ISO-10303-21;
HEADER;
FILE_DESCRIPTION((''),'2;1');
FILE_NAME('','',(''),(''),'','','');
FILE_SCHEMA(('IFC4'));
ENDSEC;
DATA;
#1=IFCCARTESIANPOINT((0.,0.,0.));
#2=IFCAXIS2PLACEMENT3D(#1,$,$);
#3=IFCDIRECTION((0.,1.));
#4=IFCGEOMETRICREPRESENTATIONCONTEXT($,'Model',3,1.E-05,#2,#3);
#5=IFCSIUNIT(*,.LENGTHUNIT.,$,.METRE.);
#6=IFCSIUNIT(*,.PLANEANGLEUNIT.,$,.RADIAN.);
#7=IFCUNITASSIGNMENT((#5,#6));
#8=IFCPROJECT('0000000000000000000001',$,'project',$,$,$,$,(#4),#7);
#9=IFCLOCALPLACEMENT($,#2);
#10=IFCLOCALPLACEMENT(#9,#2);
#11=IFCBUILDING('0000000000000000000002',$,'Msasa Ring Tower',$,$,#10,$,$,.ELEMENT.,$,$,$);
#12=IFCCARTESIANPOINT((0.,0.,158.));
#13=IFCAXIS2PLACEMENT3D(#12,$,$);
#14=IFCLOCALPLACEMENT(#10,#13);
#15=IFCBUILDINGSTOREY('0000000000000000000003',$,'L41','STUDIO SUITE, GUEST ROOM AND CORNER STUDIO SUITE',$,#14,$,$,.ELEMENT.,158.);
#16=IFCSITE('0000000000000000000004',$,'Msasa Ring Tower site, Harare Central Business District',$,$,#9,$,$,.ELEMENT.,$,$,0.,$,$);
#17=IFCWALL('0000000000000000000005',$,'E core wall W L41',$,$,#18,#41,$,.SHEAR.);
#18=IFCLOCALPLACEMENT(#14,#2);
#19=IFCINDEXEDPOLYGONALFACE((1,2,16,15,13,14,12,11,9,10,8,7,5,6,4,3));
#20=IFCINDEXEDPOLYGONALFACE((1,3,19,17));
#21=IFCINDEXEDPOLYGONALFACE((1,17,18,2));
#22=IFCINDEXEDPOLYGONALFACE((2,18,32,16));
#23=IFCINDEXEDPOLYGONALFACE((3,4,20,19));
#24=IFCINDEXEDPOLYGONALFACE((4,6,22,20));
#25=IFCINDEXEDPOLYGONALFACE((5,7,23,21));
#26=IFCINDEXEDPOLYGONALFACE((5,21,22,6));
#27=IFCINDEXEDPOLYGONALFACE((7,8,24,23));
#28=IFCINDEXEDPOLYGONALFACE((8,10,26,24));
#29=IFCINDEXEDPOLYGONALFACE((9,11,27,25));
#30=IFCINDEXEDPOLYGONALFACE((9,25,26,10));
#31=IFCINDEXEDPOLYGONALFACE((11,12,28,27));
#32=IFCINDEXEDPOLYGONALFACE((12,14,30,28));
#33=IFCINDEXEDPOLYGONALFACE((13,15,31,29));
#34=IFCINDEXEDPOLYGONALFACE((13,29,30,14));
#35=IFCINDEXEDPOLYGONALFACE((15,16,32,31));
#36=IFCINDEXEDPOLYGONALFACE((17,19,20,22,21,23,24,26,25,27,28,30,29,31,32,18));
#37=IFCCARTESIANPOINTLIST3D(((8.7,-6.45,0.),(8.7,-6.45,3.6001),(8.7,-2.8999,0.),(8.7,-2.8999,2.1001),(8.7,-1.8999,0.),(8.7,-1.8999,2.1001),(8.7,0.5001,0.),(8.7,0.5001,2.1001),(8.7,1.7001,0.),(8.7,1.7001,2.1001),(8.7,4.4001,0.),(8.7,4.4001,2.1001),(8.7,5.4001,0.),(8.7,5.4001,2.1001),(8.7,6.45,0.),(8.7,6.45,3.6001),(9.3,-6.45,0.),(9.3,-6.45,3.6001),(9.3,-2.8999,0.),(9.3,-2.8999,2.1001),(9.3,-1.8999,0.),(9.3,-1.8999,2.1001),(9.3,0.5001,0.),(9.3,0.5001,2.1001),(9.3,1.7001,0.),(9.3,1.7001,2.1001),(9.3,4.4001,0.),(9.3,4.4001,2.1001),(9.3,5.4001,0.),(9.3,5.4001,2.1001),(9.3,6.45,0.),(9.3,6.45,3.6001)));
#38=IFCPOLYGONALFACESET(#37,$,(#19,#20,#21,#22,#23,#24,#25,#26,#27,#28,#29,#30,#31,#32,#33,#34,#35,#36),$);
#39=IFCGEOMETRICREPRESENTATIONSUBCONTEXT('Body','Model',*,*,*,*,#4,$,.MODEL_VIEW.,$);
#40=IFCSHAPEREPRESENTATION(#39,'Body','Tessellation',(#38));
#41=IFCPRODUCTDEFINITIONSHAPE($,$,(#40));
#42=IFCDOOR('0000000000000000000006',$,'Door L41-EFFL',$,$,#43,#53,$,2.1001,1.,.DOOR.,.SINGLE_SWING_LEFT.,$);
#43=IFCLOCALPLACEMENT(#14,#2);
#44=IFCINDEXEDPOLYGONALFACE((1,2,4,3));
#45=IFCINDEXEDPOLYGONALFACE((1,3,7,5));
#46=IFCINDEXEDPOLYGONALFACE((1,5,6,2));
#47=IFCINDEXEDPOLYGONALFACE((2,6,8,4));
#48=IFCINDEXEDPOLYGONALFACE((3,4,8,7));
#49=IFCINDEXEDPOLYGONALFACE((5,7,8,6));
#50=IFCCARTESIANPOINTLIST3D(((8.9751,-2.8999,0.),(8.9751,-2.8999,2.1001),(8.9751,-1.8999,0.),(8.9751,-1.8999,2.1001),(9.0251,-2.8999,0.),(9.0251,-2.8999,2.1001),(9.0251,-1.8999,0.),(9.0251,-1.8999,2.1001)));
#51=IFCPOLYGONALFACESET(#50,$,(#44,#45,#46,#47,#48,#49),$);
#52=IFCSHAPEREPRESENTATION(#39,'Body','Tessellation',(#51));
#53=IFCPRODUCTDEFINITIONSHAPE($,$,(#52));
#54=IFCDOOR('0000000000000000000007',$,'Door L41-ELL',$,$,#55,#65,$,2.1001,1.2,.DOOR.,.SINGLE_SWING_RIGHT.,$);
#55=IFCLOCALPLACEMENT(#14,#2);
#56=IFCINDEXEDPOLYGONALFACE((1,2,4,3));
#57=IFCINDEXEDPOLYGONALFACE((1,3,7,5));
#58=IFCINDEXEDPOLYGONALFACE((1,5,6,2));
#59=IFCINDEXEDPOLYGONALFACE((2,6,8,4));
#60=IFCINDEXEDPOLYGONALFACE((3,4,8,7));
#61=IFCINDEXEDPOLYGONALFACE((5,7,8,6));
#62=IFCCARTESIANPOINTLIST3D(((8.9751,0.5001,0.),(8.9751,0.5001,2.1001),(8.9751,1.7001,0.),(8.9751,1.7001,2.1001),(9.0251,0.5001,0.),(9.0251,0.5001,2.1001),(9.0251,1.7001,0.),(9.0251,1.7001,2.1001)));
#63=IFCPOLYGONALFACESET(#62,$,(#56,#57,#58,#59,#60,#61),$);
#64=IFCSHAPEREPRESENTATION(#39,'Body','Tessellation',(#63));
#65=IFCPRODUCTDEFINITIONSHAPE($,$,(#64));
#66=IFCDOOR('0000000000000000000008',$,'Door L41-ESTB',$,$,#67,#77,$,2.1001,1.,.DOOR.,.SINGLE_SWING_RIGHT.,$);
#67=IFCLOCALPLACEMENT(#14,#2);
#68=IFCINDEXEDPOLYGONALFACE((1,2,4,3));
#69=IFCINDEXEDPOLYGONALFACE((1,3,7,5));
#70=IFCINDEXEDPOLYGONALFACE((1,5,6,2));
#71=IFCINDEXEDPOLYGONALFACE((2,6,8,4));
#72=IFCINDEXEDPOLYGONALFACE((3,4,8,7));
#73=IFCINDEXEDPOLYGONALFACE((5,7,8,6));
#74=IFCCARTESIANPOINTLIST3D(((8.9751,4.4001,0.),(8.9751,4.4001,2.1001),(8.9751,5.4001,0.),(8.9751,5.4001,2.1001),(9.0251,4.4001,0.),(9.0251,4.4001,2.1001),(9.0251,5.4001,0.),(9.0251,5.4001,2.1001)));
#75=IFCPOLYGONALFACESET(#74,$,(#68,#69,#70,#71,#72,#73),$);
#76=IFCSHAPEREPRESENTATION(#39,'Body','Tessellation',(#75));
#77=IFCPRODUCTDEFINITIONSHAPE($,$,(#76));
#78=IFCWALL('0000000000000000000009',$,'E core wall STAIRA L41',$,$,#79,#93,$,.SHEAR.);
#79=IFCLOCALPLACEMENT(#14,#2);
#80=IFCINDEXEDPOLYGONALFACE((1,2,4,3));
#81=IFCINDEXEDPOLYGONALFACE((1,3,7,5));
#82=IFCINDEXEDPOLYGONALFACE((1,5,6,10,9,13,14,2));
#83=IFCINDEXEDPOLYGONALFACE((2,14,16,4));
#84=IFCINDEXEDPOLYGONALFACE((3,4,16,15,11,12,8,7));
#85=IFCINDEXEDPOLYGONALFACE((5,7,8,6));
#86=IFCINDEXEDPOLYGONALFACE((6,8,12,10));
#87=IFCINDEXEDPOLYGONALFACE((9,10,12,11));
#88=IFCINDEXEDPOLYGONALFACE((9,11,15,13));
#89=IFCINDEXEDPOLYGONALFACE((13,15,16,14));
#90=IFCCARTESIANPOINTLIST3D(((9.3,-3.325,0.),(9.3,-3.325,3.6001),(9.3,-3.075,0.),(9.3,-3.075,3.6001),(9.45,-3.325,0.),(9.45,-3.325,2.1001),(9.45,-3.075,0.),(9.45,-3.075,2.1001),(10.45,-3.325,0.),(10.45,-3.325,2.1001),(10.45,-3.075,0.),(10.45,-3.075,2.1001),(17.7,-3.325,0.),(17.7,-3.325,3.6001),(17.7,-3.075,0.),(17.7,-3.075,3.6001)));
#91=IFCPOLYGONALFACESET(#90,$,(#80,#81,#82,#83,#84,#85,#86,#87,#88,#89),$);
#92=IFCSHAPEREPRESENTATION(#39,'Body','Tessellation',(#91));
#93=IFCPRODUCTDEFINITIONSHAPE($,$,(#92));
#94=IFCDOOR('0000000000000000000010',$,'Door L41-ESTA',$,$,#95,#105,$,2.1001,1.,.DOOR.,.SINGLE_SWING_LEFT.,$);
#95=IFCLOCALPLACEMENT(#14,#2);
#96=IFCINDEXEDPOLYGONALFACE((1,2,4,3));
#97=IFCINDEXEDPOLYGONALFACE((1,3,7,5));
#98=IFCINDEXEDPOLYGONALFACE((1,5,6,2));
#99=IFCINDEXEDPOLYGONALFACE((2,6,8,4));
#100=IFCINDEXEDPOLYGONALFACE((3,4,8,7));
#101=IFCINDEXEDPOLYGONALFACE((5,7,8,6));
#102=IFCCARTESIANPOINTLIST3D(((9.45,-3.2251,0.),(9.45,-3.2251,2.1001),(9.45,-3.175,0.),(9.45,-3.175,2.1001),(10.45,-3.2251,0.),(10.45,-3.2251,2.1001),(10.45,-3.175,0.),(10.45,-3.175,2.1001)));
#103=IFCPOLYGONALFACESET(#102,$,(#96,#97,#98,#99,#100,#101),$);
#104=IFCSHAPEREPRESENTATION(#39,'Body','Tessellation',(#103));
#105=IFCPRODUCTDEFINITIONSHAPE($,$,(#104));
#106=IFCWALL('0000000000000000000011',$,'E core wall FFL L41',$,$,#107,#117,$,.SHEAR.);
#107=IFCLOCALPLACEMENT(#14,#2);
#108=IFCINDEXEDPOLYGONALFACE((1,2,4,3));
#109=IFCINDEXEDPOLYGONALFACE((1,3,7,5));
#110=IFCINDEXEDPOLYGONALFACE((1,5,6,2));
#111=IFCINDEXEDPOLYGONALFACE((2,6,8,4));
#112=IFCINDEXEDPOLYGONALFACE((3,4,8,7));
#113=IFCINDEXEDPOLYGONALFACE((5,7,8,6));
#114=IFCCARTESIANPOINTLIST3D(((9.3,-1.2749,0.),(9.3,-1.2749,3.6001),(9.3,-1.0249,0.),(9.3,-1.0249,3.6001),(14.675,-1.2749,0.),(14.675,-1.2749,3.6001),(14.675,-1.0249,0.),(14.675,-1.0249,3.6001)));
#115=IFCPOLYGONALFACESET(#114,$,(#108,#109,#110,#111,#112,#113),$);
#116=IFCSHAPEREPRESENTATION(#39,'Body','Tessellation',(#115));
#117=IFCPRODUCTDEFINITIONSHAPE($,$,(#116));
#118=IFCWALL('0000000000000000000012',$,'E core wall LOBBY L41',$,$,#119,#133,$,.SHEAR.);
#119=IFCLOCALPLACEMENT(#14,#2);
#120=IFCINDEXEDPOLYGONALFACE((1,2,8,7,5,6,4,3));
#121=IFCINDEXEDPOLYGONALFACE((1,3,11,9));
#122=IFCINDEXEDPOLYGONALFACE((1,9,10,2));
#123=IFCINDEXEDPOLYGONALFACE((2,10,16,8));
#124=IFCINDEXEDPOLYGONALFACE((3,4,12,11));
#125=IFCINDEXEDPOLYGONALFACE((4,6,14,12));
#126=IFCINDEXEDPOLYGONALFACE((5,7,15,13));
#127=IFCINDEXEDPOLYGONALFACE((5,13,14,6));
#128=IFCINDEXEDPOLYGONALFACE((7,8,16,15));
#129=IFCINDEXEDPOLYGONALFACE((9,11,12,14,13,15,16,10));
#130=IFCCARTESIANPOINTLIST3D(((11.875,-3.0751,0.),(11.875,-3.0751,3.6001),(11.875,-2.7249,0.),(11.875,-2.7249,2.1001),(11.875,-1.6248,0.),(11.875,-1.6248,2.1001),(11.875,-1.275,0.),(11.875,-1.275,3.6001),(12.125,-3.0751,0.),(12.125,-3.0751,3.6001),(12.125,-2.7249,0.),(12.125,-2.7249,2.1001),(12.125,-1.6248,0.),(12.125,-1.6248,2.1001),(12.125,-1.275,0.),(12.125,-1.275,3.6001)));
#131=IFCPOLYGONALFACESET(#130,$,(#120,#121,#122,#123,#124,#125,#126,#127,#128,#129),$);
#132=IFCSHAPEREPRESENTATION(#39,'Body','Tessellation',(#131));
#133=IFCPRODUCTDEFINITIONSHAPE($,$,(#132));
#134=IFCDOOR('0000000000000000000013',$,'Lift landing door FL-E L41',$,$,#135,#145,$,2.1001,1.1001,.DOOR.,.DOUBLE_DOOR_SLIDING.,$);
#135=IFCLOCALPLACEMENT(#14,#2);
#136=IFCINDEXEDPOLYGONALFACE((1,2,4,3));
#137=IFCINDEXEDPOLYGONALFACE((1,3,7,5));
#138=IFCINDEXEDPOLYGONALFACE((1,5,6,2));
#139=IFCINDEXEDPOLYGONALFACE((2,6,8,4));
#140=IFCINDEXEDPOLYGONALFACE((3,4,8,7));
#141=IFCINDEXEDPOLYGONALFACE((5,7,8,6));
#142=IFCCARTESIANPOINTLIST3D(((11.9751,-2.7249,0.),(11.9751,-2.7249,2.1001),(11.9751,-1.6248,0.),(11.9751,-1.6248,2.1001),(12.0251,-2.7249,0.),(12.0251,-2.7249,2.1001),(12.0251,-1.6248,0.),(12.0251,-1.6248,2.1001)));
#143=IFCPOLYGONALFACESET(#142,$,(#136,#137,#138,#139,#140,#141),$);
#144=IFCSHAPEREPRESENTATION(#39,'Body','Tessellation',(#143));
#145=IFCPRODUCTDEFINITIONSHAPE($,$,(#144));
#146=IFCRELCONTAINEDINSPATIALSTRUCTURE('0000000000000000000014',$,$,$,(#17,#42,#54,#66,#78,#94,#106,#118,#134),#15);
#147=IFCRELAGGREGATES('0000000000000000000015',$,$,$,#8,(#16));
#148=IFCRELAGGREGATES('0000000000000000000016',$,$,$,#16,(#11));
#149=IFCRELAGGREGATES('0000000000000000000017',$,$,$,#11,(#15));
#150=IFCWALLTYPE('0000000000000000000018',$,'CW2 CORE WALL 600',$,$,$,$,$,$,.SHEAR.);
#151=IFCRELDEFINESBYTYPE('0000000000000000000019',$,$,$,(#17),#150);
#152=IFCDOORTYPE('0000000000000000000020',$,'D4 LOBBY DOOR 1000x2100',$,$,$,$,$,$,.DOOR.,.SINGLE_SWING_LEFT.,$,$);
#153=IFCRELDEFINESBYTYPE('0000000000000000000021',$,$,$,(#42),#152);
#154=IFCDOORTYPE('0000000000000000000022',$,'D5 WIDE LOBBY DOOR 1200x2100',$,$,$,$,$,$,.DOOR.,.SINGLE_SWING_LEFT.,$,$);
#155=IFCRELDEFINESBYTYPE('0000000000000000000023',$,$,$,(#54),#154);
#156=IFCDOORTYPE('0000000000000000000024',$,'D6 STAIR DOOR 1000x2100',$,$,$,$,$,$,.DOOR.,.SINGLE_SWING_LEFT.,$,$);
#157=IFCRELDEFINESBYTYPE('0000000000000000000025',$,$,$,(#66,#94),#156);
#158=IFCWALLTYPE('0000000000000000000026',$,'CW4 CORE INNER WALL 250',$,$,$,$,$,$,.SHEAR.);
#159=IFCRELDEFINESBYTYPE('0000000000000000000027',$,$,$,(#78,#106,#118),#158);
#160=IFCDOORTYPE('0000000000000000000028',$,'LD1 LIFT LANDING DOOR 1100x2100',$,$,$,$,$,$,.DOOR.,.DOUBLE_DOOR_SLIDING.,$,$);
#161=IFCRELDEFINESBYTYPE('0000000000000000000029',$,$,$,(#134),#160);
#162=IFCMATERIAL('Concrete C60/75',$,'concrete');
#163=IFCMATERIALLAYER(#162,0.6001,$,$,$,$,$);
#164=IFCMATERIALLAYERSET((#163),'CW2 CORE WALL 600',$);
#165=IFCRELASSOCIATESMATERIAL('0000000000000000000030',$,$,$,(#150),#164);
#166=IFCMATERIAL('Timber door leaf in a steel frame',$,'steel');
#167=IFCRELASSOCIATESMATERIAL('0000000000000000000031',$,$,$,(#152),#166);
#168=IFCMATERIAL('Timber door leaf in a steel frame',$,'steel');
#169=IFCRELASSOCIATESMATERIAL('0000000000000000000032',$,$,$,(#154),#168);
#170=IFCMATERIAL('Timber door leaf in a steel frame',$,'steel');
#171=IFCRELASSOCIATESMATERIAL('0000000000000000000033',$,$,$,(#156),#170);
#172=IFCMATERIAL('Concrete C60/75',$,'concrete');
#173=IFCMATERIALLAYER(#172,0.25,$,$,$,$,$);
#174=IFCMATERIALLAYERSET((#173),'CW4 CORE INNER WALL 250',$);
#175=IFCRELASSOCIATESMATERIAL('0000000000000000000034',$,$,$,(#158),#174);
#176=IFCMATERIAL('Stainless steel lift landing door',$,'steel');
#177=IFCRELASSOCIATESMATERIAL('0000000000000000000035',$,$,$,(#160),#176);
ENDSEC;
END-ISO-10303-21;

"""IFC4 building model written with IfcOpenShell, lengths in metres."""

from ifc_helpers import new_model, si_unit, direction, frame, frame_2d, origin, place, context, subcontext, project, spatial, rectangle, extrude, material, layer, layer_set, type_object, element, fill, save


model = new_model("IFC4")

# Units and contexts
model_context = context("Model", 3, precision=1e-05, world=origin(), true_north=direction((0.0, 1.0)))
body_context = subcontext(model_context, "Body", "Model", "MODEL_VIEW")
ifc_project = project(units=[si_unit("LENGTHUNIT", "METRE"), si_unit("PLANEANGLEUNIT", "RADIAN")], contexts=[model_context])

# Site, building, storey
site_placement = place(None, origin())
site = spatial("IfcSite", under=ifc_project, at=site_placement, Name="Msasa Ring Tower site, Harare Central Business District", CompositionType="ELEMENT", RefElevation=0.0)
building_placement = place(site_placement, origin())
building = spatial("IfcBuilding", under=site, at=building_placement, Name="Msasa Ring Tower", CompositionType="ELEMENT")
storey_placement = place(building_placement, frame((0.0, 0.0, 158.0)))
storey = spatial("IfcBuildingStorey", under=building, at=storey_placement, Name="L41", Description="STUDIO SUITE, GUEST ROOM AND CORNER STUDIO SUITE", CompositionType="ELEMENT", Elevation=158.0)

# Shared definitions
ifc_material_1 = material(Name="Concrete C60/75", Category="concrete")
ifc_layer_1 = layer(ifc_material_1, 0.6001)
ifc_layer_set_1 = layer_set([ifc_layer_1], Name="CW2 CORE WALL 600")
wall_type_1 = type_object("IfcWallType", Name="CW2 CORE WALL 600", PredefinedType="SHEAR", material=ifc_layer_set_1)

# Wall, openings, doors
wall_1_placement = place(storey_placement, frame((9.0, -6.45, 0.0), z_axis=(0.0, 0.0, 1.0), x_axis=(0.0, 1.0, 0.0)))
wall_1 = element("IfcWall", 1, at=wall_1_placement, inside=storey, type_object=wall_type_1, Name="E core wall W L41", PredefinedType="SHEAR", context=body_context, shape_type="SweptSolid", body=[
    extrude(rectangle(XDim=12.8999, YDim=0.6001, at=frame_2d((6.45, 0.0))), origin(), (0.0, 0.0, 1.0), 3.6001),
])
opening_1_placement = place(wall_1_placement, frame((3.55, 0.0, 0.0)))
opening_1 = element("IfcOpeningElement", 2, at=opening_1_placement, cuts=wall_1, PredefinedType="OPENING", context=body_context, shape_type="SweptSolid", body=[
    extrude(rectangle(XDim=1.0, YDim=2.1001, at=frame_2d((0.5, 1.05))), frame((0.0, 0.3101, 0.0), z_axis=(0.0, -1.0, 0.0), x_axis=(1.0, 0.0, 0.0)), (0.0, 0.0, 1.0), 0.6201),
])
opening_2_placement = place(wall_1_placement, frame((6.95, 0.0, 0.0)))
opening_2 = element("IfcOpeningElement", 3, at=opening_2_placement, cuts=wall_1, PredefinedType="OPENING", context=body_context, shape_type="SweptSolid", body=[
    extrude(rectangle(XDim=1.2, YDim=2.1001, at=frame_2d((0.6001, 1.05))), frame((0.0, 0.3101, 0.0), z_axis=(0.0, -1.0, 0.0), x_axis=(1.0, 0.0, 0.0)), (0.0, 0.0, 1.0), 0.6201),
])
opening_3_placement = place(wall_1_placement, frame((10.8501, 0.0, 0.0)))
opening_3 = element("IfcOpeningElement", 4, at=opening_3_placement, cuts=wall_1, PredefinedType="OPENING", context=body_context, shape_type="SweptSolid", body=[
    extrude(rectangle(XDim=1.0, YDim=2.1001, at=frame_2d((0.5, 1.05))), frame((0.0, 0.3101, 0.0), z_axis=(0.0, -1.0, 0.0), x_axis=(1.0, 0.0, 0.0)), (0.0, 0.0, 1.0), 0.6201),
])
ifc_material_2 = material(Name="Timber door leaf in a steel frame", Category="steel")
door_type_1 = type_object("IfcDoorType", Name="D4 LOBBY DOOR 1000x2100", OperationType="SINGLE_SWING_LEFT", PredefinedType="DOOR", material=ifc_material_2)
door_1_placement = place(opening_1_placement, origin())
door_1 = element("IfcDoor", 5, at=door_1_placement, inside=storey, type_object=door_type_1, Name="Door L41-EFFL", OperationType="SINGLE_SWING_LEFT", OverallHeight=2.1001, OverallWidth=1.0, PredefinedType="DOOR", context=body_context, shape_type="SweptSolid", body=[
    extrude(rectangle(XDim=1.0, YDim=2.1001, at=frame_2d((0.5, 1.05))), frame((0.0, 0.0249, 0.0), z_axis=(0.0, -1.0, 0.0), x_axis=(1.0, 0.0, 0.0)), (0.0, 0.0, 1.0), 0.05),
])
fill(opening_1, door_1)
ifc_material_3 = material(Name="Timber door leaf in a steel frame", Category="steel")
door_type_2 = type_object("IfcDoorType", Name="D5 WIDE LOBBY DOOR 1200x2100", OperationType="SINGLE_SWING_LEFT", PredefinedType="DOOR", material=ifc_material_3)
door_2_placement = place(opening_2_placement, origin())
door_2 = element("IfcDoor", 6, at=door_2_placement, inside=storey, type_object=door_type_2, Name="Door L41-ELL", OperationType="SINGLE_SWING_RIGHT", OverallHeight=2.1001, OverallWidth=1.2, PredefinedType="DOOR", context=body_context, shape_type="SweptSolid", body=[
    extrude(rectangle(XDim=1.2, YDim=2.1001, at=frame_2d((0.6001, 1.05))), frame((0.0, 0.0249, 0.0), z_axis=(0.0, -1.0, 0.0), x_axis=(1.0, 0.0, 0.0)), (0.0, 0.0, 1.0), 0.05),
])
fill(opening_2, door_2)
ifc_material_4 = material(Name="Timber door leaf in a steel frame", Category="steel")
door_type_3 = type_object("IfcDoorType", Name="D6 STAIR DOOR 1000x2100", OperationType="SINGLE_SWING_LEFT", PredefinedType="DOOR", material=ifc_material_4)
door_3_placement = place(opening_3_placement, origin())
door_3 = element("IfcDoor", 7, at=door_3_placement, inside=storey, type_object=door_type_3, Name="Door L41-ESTB", OperationType="SINGLE_SWING_RIGHT", OverallHeight=2.1001, OverallWidth=1.0, PredefinedType="DOOR", context=body_context, shape_type="SweptSolid", body=[
    extrude(rectangle(XDim=1.0, YDim=2.1001, at=frame_2d((0.5, 1.05))), frame((0.0, 0.0249, 0.0), z_axis=(0.0, -1.0, 0.0), x_axis=(1.0, 0.0, 0.0)), (0.0, 0.0, 1.0), 0.05),
])
fill(opening_3, door_3)

# Wall, opening, door
ifc_material_5 = material(Name="Concrete C60/75", Category="concrete")
ifc_layer_2 = layer(ifc_material_5, 0.25)
ifc_layer_set_2 = layer_set([ifc_layer_2], Name="CW4 CORE INNER WALL 250")
wall_type_2 = type_object("IfcWallType", Name="CW4 CORE INNER WALL 250", PredefinedType="SHEAR", material=ifc_layer_set_2)
wall_2_placement = place(storey_placement, frame((9.3, -3.2, 0.0), z_axis=(0.0, 0.0, 1.0), x_axis=(1.0, 0.0, 0.0)))
wall_2 = element("IfcWall", 8, at=wall_2_placement, inside=storey, type_object=wall_type_2, Name="E core wall STAIRA L41", PredefinedType="SHEAR", context=body_context, shape_type="SweptSolid", body=[
    extrude(rectangle(XDim=8.3999, YDim=0.25, at=frame_2d((4.2, 0.0))), origin(), (0.0, 0.0, 1.0), 3.6001),
])
opening_4_placement = place(wall_2_placement, frame((0.1499, 0.0, 0.0)))
opening_4 = element("IfcOpeningElement", 9, at=opening_4_placement, cuts=wall_2, PredefinedType="OPENING", context=body_context, shape_type="SweptSolid", body=[
    extrude(rectangle(XDim=1.0, YDim=2.1001, at=frame_2d((0.5, 1.05))), frame((0.0, 0.135, 0.0), z_axis=(0.0, -1.0, 0.0), x_axis=(1.0, 0.0, 0.0)), (0.0, 0.0, 1.0), 0.27),
])
door_4_placement = place(opening_4_placement, origin())
door_4 = element("IfcDoor", 10, at=door_4_placement, inside=storey, type_object=door_type_3, Name="Door L41-ESTA", OperationType="SINGLE_SWING_LEFT", OverallHeight=2.1001, OverallWidth=1.0, PredefinedType="DOOR", context=body_context, shape_type="SweptSolid", body=[
    extrude(rectangle(XDim=1.0, YDim=2.1001, at=frame_2d((0.5, 1.05))), frame((0.0, 0.0249, 0.0), z_axis=(0.0, -1.0, 0.0), x_axis=(1.0, 0.0, 0.0)), (0.0, 0.0, 1.0), 0.05),
])
fill(opening_4, door_4)

# Wall
wall_3_placement = place(storey_placement, frame((9.3, -1.1499, 0.0), z_axis=(0.0, 0.0, 1.0), x_axis=(1.0, 0.0, 0.0)))
element("IfcWall", 11, at=wall_3_placement, inside=storey, type_object=wall_type_2, Name="E core wall FFL L41", PredefinedType="SHEAR", context=body_context, shape_type="SweptSolid", body=[
    extrude(rectangle(XDim=5.375, YDim=0.25, at=frame_2d((2.6875, 0.0))), origin(), (0.0, 0.0, 1.0), 3.6001),
])

# Wall, opening, door
wall_4_placement = place(storey_placement, frame((12.0, -3.075, 0.0), z_axis=(0.0, 0.0, 1.0), x_axis=(0.0, 1.0, 0.0)))
wall_4 = element("IfcWall", 12, at=wall_4_placement, inside=storey, type_object=wall_type_2, Name="E core wall LOBBY L41", PredefinedType="SHEAR", context=body_context, shape_type="SweptSolid", body=[
    extrude(rectangle(XDim=1.8, YDim=0.25, at=frame_2d((0.8999, 0.0))), origin(), (0.0, 0.0, 1.0), 3.6001),
])
opening_5_placement = place(wall_4_placement, frame((0.3501, 0.0, 0.0)))
opening_5 = element("IfcOpeningElement", 13, at=opening_5_placement, cuts=wall_4, PredefinedType="OPENING", context=body_context, shape_type="SweptSolid", body=[
    extrude(rectangle(XDim=1.1001, YDim=2.1001, at=frame_2d((0.55, 1.05))), frame((0.0, 0.135, 0.0), z_axis=(0.0, -1.0, 0.0), x_axis=(1.0, 0.0, 0.0)), (0.0, 0.0, 1.0), 0.27),
])
ifc_material_6 = material(Name="Stainless steel lift landing door", Category="steel")
door_type_4 = type_object("IfcDoorType", Name="LD1 LIFT LANDING DOOR 1100x2100", OperationType="DOUBLE_DOOR_SLIDING", PredefinedType="DOOR", material=ifc_material_6)
door_5_placement = place(opening_5_placement, origin())
door_5 = element("IfcDoor", 14, at=door_5_placement, inside=storey, type_object=door_type_4, Name="Lift landing door FL-E L41", OperationType="DOUBLE_DOOR_SLIDING", OverallHeight=2.1001, OverallWidth=1.1001, PredefinedType="DOOR", context=body_context, shape_type="SweptSolid", body=[
    extrude(rectangle(XDim=1.1001, YDim=2.1001, at=frame_2d((0.55, 1.05))), frame((0.0, 0.0249, 0.0), z_axis=(0.0, -1.0, 0.0), x_axis=(1.0, 0.0, 0.0)), (0.0, 0.0, 1.0), 0.05),
])
fill(opening_5, door_5)

save(model, "model.ifc")
